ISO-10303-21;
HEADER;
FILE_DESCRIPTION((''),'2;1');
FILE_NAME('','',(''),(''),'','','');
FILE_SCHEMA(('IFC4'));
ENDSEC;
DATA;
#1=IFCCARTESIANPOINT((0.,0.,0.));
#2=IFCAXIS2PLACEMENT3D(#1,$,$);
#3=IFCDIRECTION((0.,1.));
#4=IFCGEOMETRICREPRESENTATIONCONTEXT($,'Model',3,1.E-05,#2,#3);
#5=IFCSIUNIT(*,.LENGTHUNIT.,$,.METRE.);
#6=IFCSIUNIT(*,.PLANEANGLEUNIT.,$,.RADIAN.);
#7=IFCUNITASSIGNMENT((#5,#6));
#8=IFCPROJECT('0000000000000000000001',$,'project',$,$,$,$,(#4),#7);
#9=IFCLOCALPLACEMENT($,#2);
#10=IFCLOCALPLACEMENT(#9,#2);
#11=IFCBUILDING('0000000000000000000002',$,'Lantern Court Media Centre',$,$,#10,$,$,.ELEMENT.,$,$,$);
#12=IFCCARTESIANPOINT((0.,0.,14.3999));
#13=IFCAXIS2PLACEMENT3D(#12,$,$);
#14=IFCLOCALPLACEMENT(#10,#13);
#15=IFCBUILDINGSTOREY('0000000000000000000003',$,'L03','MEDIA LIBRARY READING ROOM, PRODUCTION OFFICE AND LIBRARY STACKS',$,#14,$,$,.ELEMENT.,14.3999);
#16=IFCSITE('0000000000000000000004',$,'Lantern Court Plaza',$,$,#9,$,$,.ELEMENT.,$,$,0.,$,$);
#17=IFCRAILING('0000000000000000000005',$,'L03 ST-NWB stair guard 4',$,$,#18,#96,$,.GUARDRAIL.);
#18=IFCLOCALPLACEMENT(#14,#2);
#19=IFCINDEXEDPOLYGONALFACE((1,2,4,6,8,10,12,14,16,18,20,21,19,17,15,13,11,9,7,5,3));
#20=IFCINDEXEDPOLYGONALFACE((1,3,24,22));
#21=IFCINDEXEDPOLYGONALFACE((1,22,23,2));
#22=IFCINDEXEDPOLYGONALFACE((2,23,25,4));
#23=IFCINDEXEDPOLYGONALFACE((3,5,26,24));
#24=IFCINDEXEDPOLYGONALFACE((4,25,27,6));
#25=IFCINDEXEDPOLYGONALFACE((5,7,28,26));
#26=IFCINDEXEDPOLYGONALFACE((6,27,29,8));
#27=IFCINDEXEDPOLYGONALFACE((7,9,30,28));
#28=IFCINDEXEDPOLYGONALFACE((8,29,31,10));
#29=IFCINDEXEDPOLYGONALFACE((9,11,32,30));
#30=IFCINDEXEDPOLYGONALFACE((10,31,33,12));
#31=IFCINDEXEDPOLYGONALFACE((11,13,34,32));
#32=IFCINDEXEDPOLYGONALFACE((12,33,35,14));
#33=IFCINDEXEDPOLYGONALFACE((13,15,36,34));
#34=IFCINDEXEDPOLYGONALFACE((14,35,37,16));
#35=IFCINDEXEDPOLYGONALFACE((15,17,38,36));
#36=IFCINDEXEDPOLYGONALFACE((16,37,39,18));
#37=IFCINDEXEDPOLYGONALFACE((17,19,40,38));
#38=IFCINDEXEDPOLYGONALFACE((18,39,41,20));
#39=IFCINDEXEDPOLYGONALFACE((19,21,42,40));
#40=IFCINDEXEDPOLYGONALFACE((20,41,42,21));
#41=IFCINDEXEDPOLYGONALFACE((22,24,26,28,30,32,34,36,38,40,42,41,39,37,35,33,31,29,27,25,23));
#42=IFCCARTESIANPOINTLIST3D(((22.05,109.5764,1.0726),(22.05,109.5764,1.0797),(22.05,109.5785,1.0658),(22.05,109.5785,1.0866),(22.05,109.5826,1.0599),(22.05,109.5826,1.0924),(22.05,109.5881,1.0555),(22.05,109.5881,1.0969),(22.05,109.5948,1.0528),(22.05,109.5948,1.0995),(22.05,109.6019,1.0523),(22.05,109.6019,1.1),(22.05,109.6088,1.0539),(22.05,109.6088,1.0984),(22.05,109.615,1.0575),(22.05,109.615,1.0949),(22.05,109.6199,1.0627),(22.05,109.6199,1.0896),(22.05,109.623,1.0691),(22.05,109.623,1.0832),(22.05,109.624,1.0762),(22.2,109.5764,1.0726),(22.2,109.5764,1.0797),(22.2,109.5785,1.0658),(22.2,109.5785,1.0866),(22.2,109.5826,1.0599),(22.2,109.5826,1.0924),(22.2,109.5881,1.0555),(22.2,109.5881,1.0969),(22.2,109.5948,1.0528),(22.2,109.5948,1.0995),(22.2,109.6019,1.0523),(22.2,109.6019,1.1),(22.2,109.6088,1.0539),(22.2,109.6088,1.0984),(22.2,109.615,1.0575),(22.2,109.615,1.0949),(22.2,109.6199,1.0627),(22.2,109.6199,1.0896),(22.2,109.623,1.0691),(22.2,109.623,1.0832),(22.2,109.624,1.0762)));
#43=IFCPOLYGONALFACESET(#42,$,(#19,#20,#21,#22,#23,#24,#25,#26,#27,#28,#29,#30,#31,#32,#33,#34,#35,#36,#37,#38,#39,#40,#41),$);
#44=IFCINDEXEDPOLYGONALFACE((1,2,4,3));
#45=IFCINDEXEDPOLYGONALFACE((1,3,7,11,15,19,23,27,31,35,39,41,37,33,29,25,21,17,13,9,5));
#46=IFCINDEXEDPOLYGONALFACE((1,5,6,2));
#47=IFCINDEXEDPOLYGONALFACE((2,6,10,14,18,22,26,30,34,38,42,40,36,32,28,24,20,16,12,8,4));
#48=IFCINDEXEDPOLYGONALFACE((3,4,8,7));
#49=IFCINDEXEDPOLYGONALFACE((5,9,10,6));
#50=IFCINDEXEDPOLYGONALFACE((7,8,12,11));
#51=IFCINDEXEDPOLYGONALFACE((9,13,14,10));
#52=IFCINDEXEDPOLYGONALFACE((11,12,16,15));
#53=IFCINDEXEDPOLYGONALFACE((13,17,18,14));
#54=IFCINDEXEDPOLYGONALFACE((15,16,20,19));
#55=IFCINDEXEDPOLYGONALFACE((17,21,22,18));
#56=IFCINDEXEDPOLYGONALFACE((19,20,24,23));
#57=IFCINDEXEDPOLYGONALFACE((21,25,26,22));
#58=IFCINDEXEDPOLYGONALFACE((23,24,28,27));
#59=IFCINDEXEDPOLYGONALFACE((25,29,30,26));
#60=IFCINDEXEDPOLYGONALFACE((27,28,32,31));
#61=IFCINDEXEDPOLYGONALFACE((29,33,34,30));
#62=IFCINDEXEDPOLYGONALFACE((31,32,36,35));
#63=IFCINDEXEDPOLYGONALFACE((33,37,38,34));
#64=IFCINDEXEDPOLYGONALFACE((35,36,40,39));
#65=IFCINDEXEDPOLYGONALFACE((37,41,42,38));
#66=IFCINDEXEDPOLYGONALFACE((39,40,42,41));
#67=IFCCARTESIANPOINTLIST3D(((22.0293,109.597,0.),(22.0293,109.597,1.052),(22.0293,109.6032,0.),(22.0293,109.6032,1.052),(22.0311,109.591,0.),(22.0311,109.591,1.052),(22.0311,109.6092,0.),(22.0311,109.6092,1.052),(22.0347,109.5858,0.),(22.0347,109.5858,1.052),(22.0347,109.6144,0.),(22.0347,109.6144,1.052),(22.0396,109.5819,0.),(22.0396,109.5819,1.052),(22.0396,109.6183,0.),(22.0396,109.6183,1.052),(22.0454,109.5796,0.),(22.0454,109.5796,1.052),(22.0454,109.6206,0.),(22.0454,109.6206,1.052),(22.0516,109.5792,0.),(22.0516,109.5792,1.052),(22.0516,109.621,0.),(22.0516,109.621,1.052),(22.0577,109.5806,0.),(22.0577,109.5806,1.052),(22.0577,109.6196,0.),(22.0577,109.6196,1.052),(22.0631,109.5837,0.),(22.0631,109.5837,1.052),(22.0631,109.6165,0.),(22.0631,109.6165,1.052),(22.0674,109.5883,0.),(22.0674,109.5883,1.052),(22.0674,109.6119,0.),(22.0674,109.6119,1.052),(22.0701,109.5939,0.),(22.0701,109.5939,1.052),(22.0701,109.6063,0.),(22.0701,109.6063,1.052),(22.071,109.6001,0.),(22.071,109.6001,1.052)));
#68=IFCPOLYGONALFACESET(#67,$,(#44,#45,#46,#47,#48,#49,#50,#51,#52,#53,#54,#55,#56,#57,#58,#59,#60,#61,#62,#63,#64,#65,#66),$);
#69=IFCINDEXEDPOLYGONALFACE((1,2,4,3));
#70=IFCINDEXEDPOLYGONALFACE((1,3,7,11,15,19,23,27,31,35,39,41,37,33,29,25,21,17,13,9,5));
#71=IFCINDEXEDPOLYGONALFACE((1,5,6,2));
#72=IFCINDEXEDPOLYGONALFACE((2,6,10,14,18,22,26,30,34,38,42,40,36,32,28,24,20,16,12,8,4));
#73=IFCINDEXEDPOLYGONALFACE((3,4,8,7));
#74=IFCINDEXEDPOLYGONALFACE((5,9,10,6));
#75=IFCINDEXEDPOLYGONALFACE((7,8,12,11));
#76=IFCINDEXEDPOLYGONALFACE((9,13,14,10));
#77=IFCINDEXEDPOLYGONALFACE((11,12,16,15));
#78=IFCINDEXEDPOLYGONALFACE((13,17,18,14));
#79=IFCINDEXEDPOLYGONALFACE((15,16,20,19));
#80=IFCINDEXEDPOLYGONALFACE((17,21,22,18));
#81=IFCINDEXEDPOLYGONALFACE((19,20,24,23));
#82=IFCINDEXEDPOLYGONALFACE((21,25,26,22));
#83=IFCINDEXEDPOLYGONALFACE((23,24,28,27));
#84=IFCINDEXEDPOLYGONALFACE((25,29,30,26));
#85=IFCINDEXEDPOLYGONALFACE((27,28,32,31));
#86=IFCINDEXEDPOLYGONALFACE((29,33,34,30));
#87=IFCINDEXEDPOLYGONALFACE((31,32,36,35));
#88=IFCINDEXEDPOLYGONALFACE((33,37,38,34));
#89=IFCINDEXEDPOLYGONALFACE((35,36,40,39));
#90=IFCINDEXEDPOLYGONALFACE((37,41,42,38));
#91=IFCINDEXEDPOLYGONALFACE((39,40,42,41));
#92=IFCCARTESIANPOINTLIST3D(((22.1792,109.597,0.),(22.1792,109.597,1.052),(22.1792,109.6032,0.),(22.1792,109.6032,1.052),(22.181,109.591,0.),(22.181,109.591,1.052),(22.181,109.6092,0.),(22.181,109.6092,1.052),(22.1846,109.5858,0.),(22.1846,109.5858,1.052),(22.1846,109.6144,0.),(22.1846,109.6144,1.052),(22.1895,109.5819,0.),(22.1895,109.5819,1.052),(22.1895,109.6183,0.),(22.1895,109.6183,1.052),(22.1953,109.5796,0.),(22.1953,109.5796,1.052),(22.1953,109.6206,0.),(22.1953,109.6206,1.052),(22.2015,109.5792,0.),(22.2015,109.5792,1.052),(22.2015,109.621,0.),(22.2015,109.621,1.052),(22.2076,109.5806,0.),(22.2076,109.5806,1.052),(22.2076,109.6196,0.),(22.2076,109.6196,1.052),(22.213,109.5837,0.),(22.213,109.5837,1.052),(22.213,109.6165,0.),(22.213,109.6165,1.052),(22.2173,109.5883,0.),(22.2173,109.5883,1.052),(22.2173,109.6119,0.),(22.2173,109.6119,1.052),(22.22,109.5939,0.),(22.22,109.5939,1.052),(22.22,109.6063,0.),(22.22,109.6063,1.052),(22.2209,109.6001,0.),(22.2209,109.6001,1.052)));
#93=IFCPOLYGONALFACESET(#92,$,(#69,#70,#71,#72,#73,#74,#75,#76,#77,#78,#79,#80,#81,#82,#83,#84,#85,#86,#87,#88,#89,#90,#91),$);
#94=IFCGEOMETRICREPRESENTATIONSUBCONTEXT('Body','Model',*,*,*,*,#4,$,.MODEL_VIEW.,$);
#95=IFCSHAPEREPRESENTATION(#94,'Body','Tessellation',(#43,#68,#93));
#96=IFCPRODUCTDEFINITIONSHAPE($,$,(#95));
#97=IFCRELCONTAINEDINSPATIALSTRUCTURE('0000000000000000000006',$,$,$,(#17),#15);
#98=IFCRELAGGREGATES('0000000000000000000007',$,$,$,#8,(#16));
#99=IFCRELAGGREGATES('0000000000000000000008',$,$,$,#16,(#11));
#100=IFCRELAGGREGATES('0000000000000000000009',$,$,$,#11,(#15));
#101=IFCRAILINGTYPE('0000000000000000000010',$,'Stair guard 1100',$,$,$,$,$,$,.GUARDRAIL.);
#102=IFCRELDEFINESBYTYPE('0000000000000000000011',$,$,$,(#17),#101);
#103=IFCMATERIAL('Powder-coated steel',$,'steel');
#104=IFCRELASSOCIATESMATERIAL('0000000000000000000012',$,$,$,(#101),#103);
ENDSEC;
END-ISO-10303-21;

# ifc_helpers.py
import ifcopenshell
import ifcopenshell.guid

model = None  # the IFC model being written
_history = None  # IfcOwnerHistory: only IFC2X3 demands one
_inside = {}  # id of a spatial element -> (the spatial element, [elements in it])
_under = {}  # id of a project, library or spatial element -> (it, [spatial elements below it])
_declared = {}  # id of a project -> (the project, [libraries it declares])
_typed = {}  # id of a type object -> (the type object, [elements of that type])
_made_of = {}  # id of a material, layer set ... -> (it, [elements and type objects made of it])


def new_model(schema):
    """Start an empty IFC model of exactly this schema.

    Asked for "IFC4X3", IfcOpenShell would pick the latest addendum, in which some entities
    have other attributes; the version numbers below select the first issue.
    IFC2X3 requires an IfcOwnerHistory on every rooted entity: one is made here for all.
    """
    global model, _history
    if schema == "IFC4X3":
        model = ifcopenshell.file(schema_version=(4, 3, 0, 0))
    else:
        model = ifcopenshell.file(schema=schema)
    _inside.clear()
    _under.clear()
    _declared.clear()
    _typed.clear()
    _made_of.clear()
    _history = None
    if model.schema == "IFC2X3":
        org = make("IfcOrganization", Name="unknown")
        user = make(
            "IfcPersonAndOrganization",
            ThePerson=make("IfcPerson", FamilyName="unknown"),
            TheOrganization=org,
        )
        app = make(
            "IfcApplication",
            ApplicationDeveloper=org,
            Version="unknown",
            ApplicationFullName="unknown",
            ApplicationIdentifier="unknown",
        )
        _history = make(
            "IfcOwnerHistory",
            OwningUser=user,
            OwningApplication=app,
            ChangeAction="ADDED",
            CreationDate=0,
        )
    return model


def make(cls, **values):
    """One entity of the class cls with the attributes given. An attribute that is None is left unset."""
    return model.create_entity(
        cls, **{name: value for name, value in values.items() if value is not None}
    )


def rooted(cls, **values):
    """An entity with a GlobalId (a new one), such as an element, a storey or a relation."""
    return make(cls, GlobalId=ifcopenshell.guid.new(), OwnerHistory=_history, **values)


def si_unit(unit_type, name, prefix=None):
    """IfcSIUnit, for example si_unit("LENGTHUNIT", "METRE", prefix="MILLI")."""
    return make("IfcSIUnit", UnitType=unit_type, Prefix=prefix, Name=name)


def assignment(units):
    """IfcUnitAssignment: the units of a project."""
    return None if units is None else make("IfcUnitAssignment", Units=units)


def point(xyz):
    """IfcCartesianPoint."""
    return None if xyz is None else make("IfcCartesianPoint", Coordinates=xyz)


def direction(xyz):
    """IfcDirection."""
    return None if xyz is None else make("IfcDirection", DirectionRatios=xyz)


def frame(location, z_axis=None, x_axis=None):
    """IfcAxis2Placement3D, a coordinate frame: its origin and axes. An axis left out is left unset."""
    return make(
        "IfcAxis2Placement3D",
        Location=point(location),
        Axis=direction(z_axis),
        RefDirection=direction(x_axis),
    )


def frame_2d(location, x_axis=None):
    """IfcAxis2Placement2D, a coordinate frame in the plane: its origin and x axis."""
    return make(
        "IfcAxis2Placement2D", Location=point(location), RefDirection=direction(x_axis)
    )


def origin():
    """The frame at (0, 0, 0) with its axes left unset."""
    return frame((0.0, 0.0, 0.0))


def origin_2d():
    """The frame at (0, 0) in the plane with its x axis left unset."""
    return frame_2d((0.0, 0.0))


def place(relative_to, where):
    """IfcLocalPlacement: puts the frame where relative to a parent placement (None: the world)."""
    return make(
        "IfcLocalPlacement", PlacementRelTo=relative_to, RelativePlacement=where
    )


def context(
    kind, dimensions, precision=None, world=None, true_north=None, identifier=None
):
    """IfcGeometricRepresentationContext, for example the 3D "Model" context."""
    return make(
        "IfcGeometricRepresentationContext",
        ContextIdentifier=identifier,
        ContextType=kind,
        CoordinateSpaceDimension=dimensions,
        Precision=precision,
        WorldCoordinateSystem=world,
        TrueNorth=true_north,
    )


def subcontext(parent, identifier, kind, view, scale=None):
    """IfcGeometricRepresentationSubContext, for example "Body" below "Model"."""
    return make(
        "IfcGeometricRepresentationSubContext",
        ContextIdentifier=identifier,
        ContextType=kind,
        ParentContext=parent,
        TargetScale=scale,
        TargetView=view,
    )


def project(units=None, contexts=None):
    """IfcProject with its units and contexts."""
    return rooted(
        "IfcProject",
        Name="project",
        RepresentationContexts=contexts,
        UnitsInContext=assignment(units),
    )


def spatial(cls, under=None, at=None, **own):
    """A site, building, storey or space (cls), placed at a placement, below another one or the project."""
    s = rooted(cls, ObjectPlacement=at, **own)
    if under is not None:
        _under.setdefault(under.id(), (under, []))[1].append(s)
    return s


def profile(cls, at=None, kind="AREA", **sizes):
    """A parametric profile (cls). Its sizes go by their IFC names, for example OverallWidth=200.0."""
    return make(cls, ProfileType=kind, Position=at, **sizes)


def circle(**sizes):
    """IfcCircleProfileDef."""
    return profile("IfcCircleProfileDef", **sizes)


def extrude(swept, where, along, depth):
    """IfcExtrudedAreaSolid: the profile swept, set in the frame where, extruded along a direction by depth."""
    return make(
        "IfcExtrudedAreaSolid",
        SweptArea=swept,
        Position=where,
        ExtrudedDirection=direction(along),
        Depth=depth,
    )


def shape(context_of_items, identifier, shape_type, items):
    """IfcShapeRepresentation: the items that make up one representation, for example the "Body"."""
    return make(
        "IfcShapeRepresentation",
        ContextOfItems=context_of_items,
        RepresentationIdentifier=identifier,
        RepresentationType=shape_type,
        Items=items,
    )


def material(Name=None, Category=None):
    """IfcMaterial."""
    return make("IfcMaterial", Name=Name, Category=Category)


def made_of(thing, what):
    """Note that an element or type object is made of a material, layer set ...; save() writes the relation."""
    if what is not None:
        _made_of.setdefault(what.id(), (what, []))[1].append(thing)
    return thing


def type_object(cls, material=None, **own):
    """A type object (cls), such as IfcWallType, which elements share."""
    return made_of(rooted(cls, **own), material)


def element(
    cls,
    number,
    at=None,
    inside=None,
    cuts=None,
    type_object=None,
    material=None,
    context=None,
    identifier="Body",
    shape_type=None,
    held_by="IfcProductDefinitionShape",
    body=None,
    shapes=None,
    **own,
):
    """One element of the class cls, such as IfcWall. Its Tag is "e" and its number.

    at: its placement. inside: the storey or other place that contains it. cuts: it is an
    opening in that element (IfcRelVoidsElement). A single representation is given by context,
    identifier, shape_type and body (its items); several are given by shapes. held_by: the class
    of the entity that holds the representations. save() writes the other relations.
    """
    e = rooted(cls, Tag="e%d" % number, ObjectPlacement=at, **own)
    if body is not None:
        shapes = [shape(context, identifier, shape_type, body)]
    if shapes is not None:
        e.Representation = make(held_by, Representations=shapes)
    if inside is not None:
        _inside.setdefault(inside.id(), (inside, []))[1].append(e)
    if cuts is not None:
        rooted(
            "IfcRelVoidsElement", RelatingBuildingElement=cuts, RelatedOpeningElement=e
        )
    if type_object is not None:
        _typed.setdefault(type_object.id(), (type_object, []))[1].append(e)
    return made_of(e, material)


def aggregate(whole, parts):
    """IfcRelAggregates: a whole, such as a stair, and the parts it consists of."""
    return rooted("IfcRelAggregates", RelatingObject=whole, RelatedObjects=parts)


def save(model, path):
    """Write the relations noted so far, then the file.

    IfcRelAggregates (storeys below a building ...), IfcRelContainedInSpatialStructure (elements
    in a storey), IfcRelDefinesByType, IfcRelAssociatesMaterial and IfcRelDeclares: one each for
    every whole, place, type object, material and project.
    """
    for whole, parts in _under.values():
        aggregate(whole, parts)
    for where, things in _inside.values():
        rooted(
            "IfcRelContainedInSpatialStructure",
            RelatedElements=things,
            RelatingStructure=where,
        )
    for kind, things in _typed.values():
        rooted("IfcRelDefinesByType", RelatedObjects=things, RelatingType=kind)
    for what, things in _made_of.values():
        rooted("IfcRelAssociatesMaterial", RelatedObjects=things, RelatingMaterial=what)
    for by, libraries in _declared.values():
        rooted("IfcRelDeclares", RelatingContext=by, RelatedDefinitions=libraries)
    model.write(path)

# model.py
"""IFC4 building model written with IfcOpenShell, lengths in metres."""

from ifc_helpers import new_model, si_unit, direction, frame, origin, origin_2d, place, context, subcontext, project, spatial, circle, extrude, material, type_object, element, save


model = new_model("IFC4")

# Units and contexts
model_context = context("Model", 3, precision=1e-05, world=origin(), true_north=direction((0.0, 1.0)))
body_context = subcontext(model_context, "Body", "Model", "MODEL_VIEW")
ifc_project = project(units=[si_unit("LENGTHUNIT", "METRE"), si_unit("PLANEANGLEUNIT", "RADIAN")], contexts=[model_context])

# Site, building, storey
site_placement = place(None, origin())
site = spatial("IfcSite", under=ifc_project, at=site_placement, Name="Lantern Court Plaza", CompositionType="ELEMENT", RefElevation=0.0)
building_placement = place(site_placement, origin())
building = spatial("IfcBuilding", under=site, at=building_placement, Name="Lantern Court Media Centre", CompositionType="ELEMENT")
storey_placement = place(building_placement, frame((0.0, 0.0, 14.3999)))
storey = spatial("IfcBuildingStorey", under=building, at=storey_placement, Name="L03", Description="MEDIA LIBRARY READING ROOM, PRODUCTION OFFICE AND LIBRARY STACKS", CompositionType="ELEMENT", Elevation=14.3999)

# Shared definitions
ifc_material_1 = material(Name="Powder-coated steel", Category="steel")

# Railing
railing_type_1 = type_object("IfcRailingType", Name="Stair guard 1100", PredefinedType="GUARDRAIL", material=ifc_material_1)
railing_1_placement = place(storey_placement, frame((22.05, 109.6001, 0.0)))
element("IfcRailing", 1, at=railing_1_placement, inside=storey, type_object=railing_type_1, Name="L03 ST-NWB stair guard 4", PredefinedType="GUARDRAIL", context=body_context, shape_type="SweptSolid", body=[
    extrude(circle(Radius=0.0239, at=origin_2d()), frame((0.0, 0.0, 1.0762), z_axis=(1.0, 0.0, 0.0), x_axis=(0.0, 1.0, 0.0)), (0.0, 0.0, 1.0), 0.1499),
    extrude(circle(Radius=0.021, at=origin_2d()), origin(), (0.0, 0.0, 1.0), 1.052),
    extrude(circle(Radius=0.021, at=origin_2d()), frame((0.1499, 0.0, 0.0)), (0.0, 0.0, 1.0), 1.052),
])

save(model, "model.ifc")
